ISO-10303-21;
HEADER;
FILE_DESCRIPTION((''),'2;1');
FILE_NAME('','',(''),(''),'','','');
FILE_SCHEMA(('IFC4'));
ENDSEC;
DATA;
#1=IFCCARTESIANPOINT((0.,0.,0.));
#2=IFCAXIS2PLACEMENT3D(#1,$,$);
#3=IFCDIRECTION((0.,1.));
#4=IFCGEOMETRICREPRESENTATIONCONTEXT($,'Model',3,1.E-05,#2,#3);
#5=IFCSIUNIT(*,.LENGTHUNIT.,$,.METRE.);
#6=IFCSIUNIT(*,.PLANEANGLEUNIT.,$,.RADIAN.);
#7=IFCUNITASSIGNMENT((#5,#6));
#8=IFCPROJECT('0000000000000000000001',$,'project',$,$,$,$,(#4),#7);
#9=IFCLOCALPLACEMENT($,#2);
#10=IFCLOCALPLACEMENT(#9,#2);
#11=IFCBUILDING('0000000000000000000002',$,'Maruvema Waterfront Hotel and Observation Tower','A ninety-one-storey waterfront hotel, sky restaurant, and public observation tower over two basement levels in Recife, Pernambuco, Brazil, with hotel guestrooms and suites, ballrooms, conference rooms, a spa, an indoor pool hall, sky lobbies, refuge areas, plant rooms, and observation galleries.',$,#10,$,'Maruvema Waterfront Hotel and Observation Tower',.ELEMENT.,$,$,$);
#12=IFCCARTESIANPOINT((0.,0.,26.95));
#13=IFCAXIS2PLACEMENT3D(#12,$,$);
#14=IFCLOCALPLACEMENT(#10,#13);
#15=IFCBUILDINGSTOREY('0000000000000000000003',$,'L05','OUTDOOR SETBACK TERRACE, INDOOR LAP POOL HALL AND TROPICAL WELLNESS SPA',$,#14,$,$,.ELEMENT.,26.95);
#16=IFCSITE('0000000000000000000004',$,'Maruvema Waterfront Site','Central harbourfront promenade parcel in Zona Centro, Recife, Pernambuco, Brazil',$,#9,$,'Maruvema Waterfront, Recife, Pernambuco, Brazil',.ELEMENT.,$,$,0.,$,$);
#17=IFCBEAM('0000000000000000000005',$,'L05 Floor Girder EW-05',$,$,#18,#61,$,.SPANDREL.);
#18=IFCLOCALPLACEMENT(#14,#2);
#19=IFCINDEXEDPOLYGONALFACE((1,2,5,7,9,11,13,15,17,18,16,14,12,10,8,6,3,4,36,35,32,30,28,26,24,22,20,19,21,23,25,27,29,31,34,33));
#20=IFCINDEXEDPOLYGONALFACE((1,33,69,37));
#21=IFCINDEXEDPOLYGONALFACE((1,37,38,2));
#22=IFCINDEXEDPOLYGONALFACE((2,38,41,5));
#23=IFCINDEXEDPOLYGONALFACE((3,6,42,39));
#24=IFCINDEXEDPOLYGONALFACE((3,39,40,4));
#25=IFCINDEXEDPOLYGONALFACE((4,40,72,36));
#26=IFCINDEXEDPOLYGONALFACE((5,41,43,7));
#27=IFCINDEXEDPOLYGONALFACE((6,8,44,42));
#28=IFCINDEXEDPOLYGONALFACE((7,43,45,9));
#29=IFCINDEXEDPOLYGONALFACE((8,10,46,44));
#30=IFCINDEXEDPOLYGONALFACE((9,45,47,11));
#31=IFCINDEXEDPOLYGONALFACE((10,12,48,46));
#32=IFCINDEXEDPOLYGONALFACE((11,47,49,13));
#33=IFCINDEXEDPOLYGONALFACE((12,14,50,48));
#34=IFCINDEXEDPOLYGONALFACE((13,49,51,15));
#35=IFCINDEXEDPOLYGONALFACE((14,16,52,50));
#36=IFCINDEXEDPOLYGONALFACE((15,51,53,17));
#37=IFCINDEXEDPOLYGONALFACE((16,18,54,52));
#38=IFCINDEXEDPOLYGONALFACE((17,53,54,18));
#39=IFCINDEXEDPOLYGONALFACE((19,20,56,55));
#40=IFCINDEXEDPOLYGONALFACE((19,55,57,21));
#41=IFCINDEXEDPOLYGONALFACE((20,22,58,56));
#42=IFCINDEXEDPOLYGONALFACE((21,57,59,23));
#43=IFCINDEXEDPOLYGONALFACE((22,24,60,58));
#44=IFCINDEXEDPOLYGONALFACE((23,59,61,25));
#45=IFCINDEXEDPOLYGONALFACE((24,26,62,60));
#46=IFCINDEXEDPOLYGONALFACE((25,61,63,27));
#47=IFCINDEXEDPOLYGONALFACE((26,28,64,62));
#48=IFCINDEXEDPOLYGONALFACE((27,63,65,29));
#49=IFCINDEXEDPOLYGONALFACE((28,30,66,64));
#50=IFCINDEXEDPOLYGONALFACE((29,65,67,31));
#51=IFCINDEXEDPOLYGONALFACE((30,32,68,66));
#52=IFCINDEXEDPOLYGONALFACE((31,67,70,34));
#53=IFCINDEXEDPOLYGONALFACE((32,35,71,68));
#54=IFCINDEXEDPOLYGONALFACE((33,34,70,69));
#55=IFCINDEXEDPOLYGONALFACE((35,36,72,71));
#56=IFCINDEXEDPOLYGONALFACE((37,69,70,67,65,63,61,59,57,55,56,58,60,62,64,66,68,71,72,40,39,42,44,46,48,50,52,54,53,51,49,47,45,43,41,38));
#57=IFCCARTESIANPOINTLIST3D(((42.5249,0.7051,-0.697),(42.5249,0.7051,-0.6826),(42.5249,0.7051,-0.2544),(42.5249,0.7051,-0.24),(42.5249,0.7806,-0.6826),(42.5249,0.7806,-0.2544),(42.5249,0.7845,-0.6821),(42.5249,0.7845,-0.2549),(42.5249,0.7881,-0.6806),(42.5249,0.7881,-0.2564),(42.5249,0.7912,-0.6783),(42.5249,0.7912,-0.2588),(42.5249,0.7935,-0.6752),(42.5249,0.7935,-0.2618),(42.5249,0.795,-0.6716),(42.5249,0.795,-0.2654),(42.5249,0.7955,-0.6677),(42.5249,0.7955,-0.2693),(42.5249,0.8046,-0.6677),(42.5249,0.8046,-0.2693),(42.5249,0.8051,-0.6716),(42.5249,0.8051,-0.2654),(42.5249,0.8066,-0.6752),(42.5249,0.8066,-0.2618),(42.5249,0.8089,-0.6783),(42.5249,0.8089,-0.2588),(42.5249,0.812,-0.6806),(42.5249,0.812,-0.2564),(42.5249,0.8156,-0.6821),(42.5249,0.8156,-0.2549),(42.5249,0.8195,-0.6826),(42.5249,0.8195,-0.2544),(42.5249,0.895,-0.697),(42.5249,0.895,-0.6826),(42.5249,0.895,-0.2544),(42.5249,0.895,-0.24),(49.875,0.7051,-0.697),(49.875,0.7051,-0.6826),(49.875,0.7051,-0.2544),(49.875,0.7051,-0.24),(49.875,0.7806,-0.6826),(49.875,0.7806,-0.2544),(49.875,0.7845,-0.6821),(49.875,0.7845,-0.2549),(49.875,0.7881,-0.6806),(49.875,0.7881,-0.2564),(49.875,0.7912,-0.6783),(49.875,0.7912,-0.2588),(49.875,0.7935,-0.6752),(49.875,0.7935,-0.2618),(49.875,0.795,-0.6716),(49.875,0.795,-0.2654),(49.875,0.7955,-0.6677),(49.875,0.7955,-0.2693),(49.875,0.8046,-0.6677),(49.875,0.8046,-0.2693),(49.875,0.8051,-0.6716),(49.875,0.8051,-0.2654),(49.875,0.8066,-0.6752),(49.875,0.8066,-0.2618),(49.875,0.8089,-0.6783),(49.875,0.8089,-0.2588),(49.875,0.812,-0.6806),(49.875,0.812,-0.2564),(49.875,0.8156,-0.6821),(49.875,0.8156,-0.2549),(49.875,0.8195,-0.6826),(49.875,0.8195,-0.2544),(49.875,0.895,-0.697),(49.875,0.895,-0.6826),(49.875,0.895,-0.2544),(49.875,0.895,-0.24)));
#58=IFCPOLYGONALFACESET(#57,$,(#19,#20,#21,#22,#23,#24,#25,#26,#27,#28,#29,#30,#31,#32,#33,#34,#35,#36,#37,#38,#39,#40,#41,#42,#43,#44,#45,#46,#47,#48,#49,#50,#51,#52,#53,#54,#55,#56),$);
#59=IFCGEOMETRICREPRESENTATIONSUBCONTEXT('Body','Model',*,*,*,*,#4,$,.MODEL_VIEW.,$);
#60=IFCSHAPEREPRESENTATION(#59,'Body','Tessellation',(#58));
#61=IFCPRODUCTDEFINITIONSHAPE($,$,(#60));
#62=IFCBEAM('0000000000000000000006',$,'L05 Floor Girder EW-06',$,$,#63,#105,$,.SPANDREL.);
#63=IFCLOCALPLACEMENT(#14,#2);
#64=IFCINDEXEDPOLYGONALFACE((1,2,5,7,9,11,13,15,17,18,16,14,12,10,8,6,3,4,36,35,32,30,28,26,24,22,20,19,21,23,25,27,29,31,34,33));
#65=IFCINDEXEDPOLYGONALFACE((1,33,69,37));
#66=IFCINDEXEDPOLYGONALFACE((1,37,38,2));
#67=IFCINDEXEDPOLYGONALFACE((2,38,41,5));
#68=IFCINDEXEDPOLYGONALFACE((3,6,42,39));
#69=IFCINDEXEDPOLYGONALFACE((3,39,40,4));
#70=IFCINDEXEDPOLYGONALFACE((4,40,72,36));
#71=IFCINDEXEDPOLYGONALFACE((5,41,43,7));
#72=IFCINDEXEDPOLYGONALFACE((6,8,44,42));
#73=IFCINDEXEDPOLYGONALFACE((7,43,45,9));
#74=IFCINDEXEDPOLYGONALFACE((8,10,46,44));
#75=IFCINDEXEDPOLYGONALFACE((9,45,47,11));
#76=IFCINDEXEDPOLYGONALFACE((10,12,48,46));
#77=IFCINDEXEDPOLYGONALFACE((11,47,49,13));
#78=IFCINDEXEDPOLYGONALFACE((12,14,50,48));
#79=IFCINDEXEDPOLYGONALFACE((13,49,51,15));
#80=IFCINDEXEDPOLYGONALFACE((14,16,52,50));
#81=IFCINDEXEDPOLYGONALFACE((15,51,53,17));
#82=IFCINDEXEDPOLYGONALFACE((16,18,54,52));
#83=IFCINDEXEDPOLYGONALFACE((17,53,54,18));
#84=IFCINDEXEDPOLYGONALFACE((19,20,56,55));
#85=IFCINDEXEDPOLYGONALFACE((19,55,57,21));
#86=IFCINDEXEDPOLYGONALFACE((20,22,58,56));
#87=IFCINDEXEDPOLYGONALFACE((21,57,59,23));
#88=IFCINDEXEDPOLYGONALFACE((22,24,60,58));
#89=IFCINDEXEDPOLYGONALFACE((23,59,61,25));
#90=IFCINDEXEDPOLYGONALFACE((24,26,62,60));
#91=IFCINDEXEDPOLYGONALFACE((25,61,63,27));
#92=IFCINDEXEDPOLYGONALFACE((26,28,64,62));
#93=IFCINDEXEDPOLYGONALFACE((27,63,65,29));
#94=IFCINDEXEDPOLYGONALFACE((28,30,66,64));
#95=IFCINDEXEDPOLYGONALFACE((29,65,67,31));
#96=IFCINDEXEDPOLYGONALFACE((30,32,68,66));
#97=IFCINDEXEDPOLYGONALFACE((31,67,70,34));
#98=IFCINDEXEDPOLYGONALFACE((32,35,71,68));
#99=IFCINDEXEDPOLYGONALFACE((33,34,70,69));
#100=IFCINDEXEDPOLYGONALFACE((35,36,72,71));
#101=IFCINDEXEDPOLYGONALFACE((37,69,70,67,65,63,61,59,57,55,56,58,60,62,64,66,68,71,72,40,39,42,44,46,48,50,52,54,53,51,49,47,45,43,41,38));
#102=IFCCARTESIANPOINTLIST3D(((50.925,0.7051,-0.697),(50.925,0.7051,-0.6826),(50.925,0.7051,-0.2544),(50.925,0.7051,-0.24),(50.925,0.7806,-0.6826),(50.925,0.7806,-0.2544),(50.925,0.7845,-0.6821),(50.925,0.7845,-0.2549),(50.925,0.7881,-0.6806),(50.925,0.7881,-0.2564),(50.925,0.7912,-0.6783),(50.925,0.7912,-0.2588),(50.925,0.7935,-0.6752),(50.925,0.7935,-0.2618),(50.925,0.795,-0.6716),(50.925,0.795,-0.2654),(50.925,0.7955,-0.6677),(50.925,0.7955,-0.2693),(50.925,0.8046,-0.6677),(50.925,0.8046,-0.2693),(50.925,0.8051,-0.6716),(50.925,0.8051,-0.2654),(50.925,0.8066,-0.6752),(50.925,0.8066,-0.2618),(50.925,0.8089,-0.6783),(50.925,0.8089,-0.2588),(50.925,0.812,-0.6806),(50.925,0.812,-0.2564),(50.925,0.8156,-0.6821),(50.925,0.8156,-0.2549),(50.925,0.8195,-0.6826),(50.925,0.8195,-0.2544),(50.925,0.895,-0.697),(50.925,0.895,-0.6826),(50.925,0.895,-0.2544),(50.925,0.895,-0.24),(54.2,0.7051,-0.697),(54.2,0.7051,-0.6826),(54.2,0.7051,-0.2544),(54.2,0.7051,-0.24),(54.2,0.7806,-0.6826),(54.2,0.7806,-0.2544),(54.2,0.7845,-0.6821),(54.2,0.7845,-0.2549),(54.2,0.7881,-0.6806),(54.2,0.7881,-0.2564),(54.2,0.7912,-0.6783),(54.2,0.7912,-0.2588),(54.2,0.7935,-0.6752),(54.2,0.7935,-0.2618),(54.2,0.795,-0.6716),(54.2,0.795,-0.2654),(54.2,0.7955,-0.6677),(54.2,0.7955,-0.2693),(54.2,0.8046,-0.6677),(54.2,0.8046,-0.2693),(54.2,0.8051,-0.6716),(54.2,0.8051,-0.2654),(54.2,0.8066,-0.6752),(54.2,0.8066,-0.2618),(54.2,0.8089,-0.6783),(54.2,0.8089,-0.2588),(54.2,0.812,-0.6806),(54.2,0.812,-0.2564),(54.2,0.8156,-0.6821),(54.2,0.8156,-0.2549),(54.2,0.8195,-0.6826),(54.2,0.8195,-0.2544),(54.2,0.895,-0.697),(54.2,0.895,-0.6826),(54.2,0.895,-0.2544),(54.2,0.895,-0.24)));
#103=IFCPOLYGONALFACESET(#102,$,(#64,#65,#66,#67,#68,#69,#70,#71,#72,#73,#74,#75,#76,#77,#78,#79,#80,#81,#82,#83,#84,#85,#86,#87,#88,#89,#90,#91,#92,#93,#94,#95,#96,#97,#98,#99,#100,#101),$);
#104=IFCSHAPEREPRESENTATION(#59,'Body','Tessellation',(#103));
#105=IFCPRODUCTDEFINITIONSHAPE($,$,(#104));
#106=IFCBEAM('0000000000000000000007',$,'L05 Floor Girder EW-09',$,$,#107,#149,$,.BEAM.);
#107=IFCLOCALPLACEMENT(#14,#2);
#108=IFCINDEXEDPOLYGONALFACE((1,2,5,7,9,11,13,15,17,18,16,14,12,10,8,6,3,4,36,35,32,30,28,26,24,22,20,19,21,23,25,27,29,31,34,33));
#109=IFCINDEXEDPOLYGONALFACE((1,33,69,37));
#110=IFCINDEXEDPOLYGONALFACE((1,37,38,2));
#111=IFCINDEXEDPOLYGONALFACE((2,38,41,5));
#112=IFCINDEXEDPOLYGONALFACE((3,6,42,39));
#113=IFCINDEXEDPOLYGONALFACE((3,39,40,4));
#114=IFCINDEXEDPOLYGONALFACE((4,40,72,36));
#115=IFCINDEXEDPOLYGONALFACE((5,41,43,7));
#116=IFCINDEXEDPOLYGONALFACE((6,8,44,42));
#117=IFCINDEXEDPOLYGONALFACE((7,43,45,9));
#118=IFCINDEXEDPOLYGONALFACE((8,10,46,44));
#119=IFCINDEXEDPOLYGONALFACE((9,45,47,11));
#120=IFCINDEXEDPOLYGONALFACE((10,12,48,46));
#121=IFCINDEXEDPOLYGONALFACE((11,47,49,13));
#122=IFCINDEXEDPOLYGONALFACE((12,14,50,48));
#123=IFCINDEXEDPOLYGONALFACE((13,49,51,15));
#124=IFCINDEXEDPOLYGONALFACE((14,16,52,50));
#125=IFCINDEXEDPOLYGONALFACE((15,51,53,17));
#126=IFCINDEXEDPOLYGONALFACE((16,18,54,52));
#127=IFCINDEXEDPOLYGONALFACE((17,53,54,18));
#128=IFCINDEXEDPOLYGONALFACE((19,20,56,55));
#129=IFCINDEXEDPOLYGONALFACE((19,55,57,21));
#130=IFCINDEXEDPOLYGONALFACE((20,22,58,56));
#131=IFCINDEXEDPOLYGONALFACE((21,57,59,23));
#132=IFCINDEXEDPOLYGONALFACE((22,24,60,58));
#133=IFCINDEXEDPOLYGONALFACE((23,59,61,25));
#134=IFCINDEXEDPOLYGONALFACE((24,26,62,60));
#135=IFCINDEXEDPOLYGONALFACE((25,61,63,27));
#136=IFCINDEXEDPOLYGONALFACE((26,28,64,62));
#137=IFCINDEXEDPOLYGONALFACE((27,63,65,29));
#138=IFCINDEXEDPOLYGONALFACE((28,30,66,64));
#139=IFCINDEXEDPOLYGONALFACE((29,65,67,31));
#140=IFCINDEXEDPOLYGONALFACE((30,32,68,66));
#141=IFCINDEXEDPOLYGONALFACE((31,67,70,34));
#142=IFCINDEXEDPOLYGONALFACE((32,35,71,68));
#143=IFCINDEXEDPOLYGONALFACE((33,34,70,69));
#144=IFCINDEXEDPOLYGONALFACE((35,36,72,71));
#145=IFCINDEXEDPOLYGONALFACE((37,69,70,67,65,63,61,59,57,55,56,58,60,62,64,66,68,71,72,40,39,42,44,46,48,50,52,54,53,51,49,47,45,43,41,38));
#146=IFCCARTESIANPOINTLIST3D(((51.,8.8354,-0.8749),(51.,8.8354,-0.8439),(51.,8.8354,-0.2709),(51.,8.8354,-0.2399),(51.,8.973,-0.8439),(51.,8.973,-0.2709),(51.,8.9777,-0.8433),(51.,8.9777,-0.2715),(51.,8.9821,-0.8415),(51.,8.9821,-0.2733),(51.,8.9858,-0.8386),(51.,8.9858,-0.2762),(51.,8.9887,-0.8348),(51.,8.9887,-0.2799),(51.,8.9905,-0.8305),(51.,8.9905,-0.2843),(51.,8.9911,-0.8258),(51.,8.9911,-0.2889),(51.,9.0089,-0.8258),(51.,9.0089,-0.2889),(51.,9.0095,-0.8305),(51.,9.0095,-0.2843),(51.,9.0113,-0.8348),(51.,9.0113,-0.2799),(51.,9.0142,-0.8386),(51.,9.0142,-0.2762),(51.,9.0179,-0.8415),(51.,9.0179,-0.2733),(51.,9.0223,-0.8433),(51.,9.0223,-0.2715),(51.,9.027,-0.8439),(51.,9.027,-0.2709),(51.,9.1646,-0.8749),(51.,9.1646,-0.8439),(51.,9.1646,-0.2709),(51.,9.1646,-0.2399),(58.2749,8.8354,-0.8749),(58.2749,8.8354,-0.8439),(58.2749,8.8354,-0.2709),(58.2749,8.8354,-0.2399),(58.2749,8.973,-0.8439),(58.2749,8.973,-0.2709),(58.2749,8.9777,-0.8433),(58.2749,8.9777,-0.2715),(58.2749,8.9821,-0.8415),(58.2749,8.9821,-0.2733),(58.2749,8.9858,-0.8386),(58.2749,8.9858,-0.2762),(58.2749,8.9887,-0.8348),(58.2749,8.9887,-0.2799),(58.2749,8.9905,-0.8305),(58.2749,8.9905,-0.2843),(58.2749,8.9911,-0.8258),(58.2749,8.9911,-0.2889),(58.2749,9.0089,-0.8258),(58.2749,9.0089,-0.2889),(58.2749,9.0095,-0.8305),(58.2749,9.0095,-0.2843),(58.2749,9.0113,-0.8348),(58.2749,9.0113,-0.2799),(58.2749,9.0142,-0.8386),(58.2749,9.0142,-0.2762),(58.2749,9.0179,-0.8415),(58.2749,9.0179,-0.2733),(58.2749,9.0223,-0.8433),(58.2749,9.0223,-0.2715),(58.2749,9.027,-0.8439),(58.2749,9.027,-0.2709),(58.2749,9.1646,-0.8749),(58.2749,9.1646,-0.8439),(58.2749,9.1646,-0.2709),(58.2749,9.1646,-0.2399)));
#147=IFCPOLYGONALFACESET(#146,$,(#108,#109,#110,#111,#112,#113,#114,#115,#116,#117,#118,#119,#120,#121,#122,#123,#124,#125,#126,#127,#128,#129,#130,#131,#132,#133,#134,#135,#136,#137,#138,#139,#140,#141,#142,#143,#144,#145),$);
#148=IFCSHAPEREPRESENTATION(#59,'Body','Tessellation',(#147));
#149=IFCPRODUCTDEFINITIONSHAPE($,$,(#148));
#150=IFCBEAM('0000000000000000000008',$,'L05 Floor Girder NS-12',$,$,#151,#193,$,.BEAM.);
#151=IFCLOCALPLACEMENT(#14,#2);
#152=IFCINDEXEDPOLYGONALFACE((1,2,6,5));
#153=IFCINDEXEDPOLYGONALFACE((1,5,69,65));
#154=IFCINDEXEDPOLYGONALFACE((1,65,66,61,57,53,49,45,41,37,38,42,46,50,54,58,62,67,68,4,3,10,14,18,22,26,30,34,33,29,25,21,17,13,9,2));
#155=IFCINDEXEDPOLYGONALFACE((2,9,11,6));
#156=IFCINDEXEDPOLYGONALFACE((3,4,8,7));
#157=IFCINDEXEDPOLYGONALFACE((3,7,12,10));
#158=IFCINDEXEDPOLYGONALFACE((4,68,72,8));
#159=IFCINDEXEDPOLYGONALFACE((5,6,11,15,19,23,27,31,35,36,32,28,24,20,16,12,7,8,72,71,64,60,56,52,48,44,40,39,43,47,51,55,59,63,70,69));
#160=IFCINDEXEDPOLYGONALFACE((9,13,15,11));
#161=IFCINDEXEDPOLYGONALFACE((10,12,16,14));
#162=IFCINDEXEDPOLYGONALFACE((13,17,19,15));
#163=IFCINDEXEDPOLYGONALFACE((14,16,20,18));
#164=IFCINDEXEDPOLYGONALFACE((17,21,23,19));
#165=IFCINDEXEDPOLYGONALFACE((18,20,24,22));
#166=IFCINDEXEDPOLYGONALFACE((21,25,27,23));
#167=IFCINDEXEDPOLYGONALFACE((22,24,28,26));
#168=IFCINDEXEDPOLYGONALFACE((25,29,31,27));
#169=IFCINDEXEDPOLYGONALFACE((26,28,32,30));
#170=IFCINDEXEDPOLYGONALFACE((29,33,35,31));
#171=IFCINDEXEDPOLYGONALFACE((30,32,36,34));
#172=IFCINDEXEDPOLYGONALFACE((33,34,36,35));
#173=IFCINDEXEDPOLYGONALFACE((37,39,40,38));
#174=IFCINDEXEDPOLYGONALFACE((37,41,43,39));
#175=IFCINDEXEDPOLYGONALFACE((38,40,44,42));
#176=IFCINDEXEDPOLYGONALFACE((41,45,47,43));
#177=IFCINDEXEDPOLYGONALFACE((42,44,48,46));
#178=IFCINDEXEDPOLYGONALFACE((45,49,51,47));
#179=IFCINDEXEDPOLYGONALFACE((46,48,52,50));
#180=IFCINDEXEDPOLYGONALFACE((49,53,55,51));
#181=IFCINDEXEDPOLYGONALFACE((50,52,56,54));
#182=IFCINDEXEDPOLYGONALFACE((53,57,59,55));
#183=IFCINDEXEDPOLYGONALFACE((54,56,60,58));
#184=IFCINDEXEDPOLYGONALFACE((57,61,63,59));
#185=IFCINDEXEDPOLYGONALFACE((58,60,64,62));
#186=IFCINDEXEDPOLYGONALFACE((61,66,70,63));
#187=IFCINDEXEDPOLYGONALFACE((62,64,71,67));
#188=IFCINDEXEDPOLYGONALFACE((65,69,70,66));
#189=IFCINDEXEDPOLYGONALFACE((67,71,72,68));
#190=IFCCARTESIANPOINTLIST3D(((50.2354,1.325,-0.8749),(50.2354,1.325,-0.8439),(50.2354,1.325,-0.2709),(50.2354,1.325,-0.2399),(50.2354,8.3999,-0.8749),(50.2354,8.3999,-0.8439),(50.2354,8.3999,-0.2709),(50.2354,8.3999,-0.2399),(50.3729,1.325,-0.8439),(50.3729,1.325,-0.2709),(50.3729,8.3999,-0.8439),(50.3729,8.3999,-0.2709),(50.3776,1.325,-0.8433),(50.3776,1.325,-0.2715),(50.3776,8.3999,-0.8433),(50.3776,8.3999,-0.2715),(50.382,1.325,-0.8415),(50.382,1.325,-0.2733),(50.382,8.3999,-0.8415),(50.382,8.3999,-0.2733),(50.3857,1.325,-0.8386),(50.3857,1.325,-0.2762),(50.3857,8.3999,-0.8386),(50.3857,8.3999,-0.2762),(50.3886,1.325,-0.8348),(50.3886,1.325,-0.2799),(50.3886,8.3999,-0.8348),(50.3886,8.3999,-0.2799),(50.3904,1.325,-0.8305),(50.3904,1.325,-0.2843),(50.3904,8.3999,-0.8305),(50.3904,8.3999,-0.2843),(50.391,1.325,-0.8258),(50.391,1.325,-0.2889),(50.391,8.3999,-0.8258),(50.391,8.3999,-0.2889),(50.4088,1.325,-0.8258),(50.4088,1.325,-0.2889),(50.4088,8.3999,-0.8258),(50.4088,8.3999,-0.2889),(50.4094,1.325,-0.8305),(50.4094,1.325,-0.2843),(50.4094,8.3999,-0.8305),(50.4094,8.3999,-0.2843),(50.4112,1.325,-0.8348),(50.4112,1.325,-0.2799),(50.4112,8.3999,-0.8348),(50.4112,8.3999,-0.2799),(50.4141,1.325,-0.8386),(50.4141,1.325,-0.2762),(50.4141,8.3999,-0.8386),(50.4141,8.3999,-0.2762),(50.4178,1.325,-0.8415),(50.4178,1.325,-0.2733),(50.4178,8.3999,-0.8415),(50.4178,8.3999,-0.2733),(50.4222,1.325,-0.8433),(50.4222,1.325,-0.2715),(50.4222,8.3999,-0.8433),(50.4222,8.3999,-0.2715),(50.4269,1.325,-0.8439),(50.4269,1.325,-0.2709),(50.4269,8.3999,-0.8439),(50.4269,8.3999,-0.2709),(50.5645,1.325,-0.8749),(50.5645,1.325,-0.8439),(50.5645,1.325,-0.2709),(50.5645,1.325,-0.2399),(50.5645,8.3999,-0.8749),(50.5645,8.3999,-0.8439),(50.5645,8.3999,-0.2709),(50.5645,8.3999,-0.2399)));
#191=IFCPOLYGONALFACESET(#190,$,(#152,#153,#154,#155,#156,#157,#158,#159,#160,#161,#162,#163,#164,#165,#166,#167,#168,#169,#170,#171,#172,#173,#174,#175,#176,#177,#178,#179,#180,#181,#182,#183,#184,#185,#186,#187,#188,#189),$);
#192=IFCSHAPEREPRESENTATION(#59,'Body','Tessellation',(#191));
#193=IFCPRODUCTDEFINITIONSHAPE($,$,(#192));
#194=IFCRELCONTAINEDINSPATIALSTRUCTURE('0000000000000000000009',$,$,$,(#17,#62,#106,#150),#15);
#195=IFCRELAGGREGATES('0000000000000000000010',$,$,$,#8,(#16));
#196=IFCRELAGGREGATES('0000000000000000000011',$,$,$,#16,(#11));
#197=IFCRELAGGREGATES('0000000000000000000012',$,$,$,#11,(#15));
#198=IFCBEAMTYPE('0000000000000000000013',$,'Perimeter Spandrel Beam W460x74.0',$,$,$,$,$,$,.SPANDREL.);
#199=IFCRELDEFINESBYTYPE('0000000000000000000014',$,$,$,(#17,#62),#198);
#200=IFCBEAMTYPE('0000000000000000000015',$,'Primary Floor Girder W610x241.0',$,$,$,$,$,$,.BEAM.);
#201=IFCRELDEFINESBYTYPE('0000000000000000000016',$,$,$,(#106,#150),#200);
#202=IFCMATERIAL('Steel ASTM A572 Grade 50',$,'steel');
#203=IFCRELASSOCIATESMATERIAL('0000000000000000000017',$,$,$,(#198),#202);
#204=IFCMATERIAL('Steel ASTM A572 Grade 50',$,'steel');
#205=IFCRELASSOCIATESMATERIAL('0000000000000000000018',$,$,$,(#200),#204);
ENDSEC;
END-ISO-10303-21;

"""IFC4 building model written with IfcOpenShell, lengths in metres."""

from ifc_helpers import new_model, si_unit, direction, frame, origin, origin_2d, place, context, subcontext, project, spatial, i_section, extrude, material, material_profile, profile_set, type_object, element, save


model = new_model("IFC4")

# Units and contexts
model_context = context("Model", 3, precision=1e-05, world=origin(), true_north=direction((0.0, 1.0)))
body_context = subcontext(model_context, "Body", "Model", "MODEL_VIEW")
ifc_project = project(units=[si_unit("LENGTHUNIT", "METRE"), si_unit("PLANEANGLEUNIT", "RADIAN")], contexts=[model_context])

# Site, building, storey
site_placement = place(None, origin())
site = spatial("IfcSite", under=ifc_project, at=site_placement, Name="Maruvema Waterfront Site", Description="Central harbourfront promenade parcel in Zona Centro, Recife, Pernambuco, Brazil", LongName="Maruvema Waterfront, Recife, Pernambuco, Brazil", CompositionType="ELEMENT", RefElevation=0.0)
building_placement = place(site_placement, origin())
building = spatial("IfcBuilding", under=site, at=building_placement, Name="Maruvema Waterfront Hotel and Observation Tower", Description="A ninety-one-storey waterfront hotel, sky restaurant, and public observation tower over two basement levels in Recife, Pernambuco, Brazil, with hotel guestrooms and suites, ballrooms, conference rooms, a spa, an indoor pool hall, sky lobbies, refuge areas, plant rooms, and observation galleries.", LongName="Maruvema Waterfront Hotel and Observation Tower", CompositionType="ELEMENT")
storey_placement = place(building_placement, frame((0.0, 0.0, 26.95)))
storey = spatial("IfcBuildingStorey", under=building, at=storey_placement, Name="L05", Description="OUTDOOR SETBACK TERRACE, INDOOR LAP POOL HALL AND TROPICAL WELLNESS SPA", CompositionType="ELEMENT", Elevation=26.95)

# Beams
ifc_material_1 = material(Name="Steel ASTM A572 Grade 50", Category="steel")
ifc_material_profile_1 = material_profile(ifc_material_1, i_section(OverallWidth=0.1899, OverallDepth=0.457, WebThickness=0.009, FlangeThickness=0.0144, FilletRadius=0.0149, at=origin_2d()), Name="W460x74.0")
ifc_profile_set_1 = profile_set([ifc_material_profile_1], Name="Steel ASTM A572 Grade 50")
beam_type_1 = type_object("IfcBeamType", Name="Perimeter Spandrel Beam W460x74.0", PredefinedType="SPANDREL", material=ifc_profile_set_1)
beam_1_placement = place(storey_placement, frame((42.5249, 0.8, -0.4685), z_axis=(1.0, 0.0, 0.0), x_axis=(0.0, 1.0, 0.0)))
element("IfcBeam", 1, at=beam_1_placement, inside=storey, type_object=beam_type_1, Name="L05 Floor Girder EW-05", PredefinedType="SPANDREL", context=body_context, shape_type="SweptSolid", body=[
    extrude(i_section(OverallWidth=0.1899, OverallDepth=0.457, WebThickness=0.009, FlangeThickness=0.0144, FilletRadius=0.0149, at=origin_2d()), origin(), (0.0, 0.0, 1.0), 7.3501),
])
beam_2_placement = place(storey_placement, frame((50.925, 0.8, -0.4685), z_axis=(1.0, 0.0, 0.0), x_axis=(0.0, 1.0, 0.0)))
element("IfcBeam", 2, at=beam_2_placement, inside=storey, type_object=beam_type_1, Name="L05 Floor Girder EW-06", PredefinedType="SPANDREL", context=body_context, shape_type="SweptSolid", body=[
    extrude(i_section(OverallWidth=0.1899, OverallDepth=0.457, WebThickness=0.009, FlangeThickness=0.0144, FilletRadius=0.0149, at=origin_2d()), origin(), (0.0, 0.0, 1.0), 3.2749),
])
ifc_material_2 = material(Name="Steel ASTM A572 Grade 50", Category="steel")
ifc_material_profile_2 = material_profile(ifc_material_2, i_section(OverallWidth=0.3291, OverallDepth=0.635, WebThickness=0.0178, FlangeThickness=0.031, FilletRadius=0.0181, at=origin_2d()), Name="W610x241.0")
ifc_profile_set_2 = profile_set([ifc_material_profile_2], Name="Steel ASTM A572 Grade 50")
beam_type_2 = type_object("IfcBeamType", Name="Primary Floor Girder W610x241.0", PredefinedType="BEAM", material=ifc_profile_set_2)
beam_3_placement = place(storey_placement, frame((51.0, 9.0, -0.5574), z_axis=(1.0, 0.0, 0.0), x_axis=(0.0, 1.0, 0.0)))
element("IfcBeam", 3, at=beam_3_placement, inside=storey, type_object=beam_type_2, Name="L05 Floor Girder EW-09", PredefinedType="BEAM", context=body_context, shape_type="SweptSolid", body=[
    extrude(i_section(OverallWidth=0.3291, OverallDepth=0.635, WebThickness=0.0178, FlangeThickness=0.031, FilletRadius=0.0181, at=origin_2d()), origin(), (0.0, 0.0, 1.0), 7.2749),
])
beam_4_placement = place(storey_placement, frame((50.3999, 1.325, -0.5574), z_axis=(0.0, 1.0, 0.0), x_axis=(-1.0, 0.0, 0.0)))
element("IfcBeam", 4, at=beam_4_placement, inside=storey, type_object=beam_type_2, Name="L05 Floor Girder NS-12", PredefinedType="BEAM", context=body_context, shape_type="SweptSolid", body=[
    extrude(i_section(OverallWidth=0.3291, OverallDepth=0.635, WebThickness=0.0178, FlangeThickness=0.031, FilletRadius=0.0181, at=origin_2d()), origin(), (0.0, 0.0, 1.0), 7.075),
])

save(model, "model.ifc")
